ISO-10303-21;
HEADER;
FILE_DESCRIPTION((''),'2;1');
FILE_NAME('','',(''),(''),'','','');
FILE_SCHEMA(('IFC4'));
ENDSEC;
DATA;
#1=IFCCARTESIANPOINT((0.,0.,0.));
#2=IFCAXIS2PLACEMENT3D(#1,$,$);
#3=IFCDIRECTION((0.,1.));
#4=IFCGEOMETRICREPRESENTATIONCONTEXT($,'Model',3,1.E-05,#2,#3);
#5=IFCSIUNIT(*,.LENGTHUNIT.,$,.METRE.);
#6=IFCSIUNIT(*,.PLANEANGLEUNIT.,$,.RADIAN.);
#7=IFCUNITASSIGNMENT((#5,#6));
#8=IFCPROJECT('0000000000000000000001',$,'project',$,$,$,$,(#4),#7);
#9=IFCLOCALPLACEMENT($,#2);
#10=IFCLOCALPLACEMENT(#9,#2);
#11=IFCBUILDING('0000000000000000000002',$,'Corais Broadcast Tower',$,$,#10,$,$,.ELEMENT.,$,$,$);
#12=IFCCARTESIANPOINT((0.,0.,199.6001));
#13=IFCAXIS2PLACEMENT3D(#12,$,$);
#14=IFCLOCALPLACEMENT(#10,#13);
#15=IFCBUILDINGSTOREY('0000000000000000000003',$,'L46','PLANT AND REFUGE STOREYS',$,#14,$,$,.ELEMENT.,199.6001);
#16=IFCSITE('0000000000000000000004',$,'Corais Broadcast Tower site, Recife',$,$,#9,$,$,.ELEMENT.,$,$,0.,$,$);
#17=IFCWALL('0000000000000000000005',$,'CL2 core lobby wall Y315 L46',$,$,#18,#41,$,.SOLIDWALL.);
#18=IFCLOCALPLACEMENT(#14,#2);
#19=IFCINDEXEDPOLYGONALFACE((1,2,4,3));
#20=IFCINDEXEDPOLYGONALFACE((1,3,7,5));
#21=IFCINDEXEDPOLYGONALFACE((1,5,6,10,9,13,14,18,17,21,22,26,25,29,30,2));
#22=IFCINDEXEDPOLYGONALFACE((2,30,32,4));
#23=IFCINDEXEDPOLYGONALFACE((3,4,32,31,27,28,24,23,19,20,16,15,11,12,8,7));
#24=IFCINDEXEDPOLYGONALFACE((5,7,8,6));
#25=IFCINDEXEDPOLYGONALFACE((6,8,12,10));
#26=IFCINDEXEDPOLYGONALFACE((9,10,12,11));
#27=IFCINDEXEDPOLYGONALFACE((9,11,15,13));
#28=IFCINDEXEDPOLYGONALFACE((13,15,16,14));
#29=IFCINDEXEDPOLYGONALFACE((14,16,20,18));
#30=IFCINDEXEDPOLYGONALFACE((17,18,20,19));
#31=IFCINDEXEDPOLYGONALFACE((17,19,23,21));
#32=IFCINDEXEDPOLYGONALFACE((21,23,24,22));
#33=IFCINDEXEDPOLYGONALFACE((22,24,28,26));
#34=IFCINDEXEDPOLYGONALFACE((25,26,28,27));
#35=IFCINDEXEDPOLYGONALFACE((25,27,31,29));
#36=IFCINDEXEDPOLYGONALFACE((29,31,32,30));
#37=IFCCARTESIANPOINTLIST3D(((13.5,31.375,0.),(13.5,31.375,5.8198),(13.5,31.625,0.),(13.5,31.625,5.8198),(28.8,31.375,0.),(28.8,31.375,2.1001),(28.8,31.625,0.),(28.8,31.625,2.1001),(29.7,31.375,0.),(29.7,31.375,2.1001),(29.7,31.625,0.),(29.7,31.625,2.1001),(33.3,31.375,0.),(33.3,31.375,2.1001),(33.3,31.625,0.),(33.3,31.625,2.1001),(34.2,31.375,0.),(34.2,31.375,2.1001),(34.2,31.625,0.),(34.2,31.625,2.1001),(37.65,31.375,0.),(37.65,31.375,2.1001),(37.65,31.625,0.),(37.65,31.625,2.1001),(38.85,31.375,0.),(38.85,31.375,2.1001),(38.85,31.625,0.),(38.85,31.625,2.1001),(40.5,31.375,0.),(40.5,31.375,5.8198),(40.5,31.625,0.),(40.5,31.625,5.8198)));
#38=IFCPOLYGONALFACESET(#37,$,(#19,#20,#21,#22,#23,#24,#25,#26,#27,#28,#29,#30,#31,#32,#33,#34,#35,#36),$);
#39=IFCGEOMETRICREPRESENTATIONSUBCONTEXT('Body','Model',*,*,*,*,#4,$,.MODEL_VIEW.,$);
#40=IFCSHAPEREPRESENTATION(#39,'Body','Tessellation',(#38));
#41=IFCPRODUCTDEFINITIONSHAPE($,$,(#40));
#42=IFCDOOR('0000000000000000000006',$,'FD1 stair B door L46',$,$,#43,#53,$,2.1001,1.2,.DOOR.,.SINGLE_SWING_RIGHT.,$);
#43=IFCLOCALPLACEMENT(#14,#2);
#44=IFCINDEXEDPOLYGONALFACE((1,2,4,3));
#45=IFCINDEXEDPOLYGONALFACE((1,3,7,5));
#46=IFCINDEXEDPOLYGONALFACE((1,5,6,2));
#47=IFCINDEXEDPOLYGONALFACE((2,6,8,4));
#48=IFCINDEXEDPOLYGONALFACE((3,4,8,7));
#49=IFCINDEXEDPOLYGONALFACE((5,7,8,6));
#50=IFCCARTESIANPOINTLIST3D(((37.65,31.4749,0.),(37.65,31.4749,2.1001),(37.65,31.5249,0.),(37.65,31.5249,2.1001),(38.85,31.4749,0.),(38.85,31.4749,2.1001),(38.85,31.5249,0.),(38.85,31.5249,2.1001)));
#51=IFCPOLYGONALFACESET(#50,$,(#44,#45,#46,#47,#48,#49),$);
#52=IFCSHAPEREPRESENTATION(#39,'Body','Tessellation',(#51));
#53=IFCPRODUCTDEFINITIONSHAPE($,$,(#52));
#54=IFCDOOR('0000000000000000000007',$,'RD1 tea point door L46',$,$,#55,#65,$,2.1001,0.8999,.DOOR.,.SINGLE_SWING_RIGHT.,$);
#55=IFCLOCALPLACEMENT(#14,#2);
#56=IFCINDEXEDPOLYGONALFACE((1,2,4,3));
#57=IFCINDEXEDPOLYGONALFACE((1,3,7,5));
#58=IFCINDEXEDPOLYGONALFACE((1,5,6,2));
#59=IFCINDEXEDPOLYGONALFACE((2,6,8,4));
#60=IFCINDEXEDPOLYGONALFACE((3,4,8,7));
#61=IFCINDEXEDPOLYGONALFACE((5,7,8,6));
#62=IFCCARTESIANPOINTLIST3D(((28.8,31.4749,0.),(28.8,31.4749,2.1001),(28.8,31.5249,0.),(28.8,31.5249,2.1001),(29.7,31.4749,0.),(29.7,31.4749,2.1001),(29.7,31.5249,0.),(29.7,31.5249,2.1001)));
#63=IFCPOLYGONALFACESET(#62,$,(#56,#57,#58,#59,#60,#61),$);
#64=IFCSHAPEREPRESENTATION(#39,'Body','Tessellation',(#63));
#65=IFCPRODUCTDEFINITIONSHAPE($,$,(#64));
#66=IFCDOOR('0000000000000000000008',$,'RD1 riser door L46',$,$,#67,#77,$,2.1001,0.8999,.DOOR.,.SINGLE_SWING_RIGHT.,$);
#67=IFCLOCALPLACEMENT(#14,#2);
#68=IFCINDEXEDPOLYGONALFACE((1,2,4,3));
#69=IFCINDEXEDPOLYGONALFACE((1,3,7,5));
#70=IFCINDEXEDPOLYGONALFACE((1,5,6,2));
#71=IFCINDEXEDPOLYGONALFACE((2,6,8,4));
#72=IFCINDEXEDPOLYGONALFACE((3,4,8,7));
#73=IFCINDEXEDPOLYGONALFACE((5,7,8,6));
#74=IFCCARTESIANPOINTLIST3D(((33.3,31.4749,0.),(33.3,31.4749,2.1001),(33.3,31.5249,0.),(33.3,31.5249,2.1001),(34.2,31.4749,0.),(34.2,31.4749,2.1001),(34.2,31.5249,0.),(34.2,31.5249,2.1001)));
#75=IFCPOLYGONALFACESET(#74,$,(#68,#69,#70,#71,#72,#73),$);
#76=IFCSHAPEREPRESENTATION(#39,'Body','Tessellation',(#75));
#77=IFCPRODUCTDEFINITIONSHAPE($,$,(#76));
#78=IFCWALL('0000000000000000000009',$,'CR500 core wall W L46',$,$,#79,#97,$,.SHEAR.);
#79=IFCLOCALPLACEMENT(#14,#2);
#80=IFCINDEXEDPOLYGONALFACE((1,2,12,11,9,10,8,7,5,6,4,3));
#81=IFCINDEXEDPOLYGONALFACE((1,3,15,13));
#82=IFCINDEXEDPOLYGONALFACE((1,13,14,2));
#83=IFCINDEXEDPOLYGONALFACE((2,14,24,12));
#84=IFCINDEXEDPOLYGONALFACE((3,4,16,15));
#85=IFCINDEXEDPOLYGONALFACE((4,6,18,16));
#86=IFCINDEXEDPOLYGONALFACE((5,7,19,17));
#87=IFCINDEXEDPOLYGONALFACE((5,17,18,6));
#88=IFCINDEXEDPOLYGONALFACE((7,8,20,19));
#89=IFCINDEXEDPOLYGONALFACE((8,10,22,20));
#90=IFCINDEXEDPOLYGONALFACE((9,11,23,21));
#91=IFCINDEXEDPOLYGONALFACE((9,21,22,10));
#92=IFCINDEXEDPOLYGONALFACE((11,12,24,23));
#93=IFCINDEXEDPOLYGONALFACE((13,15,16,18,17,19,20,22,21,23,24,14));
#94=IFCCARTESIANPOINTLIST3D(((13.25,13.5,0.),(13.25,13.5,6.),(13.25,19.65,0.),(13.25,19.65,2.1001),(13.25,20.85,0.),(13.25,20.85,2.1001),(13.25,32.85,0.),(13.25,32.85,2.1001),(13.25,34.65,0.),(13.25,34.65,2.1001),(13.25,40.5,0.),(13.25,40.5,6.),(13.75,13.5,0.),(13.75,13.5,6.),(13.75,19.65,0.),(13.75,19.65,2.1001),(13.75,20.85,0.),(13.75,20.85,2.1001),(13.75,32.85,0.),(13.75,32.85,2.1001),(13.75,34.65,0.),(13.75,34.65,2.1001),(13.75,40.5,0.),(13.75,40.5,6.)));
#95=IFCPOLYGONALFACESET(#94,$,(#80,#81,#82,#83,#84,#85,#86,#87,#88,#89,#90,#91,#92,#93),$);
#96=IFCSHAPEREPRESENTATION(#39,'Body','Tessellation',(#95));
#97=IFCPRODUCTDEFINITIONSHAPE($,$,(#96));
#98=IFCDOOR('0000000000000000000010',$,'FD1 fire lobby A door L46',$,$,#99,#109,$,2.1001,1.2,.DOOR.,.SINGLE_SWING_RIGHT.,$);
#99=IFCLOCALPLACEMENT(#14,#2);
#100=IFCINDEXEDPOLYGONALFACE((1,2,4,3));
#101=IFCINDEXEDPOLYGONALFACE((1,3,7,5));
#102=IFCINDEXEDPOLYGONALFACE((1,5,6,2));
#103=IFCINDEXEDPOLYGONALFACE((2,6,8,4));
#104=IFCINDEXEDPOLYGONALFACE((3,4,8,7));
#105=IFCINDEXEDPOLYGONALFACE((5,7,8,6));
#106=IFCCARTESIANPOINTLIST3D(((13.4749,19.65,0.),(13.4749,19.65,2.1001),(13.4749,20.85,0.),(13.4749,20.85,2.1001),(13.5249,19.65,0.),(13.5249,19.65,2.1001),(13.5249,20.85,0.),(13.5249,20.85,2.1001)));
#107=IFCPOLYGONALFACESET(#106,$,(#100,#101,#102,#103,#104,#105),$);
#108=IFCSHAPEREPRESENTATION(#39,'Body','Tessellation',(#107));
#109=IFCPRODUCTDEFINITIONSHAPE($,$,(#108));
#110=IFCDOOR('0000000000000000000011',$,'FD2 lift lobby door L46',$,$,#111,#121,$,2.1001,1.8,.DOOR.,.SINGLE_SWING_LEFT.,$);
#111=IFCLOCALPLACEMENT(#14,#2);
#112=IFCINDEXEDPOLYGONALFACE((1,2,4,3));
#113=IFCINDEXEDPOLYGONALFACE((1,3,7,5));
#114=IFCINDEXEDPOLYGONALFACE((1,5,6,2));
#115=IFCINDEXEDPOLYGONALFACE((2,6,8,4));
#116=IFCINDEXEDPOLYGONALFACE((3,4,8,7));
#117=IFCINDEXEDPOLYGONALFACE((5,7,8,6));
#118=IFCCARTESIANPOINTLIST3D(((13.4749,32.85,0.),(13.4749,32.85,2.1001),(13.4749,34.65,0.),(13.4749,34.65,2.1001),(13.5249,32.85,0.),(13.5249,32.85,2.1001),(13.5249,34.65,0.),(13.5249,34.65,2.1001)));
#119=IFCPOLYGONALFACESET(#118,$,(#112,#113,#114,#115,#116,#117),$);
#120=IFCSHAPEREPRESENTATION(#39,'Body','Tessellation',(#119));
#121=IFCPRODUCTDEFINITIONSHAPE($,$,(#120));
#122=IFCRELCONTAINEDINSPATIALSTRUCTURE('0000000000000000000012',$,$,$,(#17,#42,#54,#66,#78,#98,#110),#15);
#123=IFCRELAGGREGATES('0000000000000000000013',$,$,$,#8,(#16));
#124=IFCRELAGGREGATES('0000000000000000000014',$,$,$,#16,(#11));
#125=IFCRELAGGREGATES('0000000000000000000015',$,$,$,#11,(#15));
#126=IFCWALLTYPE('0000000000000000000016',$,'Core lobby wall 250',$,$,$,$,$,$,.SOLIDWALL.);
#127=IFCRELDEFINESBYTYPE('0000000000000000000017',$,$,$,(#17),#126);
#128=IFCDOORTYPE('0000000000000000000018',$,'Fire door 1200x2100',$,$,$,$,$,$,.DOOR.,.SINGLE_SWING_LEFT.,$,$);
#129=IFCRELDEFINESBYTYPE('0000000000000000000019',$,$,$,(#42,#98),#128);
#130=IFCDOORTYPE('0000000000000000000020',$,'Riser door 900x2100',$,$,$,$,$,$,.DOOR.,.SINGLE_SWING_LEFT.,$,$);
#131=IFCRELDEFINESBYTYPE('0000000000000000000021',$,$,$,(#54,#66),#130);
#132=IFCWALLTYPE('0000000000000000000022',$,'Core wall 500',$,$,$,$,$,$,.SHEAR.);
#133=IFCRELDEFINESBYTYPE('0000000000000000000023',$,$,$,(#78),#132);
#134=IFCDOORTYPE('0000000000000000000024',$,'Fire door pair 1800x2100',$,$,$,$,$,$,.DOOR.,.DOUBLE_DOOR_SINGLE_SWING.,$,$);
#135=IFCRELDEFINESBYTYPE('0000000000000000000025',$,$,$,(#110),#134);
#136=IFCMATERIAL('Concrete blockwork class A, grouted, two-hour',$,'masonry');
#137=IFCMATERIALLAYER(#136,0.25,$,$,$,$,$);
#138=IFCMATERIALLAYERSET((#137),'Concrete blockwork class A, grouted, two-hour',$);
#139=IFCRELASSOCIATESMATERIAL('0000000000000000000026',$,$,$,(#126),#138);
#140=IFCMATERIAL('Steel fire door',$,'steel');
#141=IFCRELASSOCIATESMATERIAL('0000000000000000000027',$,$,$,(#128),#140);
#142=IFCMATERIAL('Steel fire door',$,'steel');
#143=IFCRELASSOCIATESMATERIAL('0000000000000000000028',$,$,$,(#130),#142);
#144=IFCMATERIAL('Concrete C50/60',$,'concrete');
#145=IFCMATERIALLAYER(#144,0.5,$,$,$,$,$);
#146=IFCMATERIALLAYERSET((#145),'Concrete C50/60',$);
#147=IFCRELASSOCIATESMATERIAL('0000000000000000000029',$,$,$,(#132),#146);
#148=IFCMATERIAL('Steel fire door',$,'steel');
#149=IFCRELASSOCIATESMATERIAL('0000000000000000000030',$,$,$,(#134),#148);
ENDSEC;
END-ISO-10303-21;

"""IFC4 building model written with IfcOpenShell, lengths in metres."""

from ifc_helpers import new_model, si_unit, direction, frame, frame_2d, origin, place, context, subcontext, project, spatial, rectangle, extrude, material, layer, layer_set, type_object, element, fill, save


model = new_model("IFC4")

# Units and contexts
model_context = context("Model", 3, precision=1e-05, world=origin(), true_north=direction((0.0, 1.0)))
body_context = subcontext(model_context, "Body", "Model", "MODEL_VIEW")
ifc_project = project(units=[si_unit("LENGTHUNIT", "METRE"), si_unit("PLANEANGLEUNIT", "RADIAN")], contexts=[model_context])

# Site, building, storey
site_placement = place(None, origin())
site = spatial("IfcSite", under=ifc_project, at=site_placement, Name="Corais Broadcast Tower site, Recife", CompositionType="ELEMENT", RefElevation=0.0)
building_placement = place(site_placement, origin())
building = spatial("IfcBuilding", under=site, at=building_placement, Name="Corais Broadcast Tower", CompositionType="ELEMENT")
storey_placement = place(building_placement, frame((0.0, 0.0, 199.6001)))
storey = spatial("IfcBuildingStorey", under=building, at=storey_placement, Name="L46", Description="PLANT AND REFUGE STOREYS", CompositionType="ELEMENT", Elevation=199.6001)

# Shared definitions
ifc_material_1 = material(Name="Concrete blockwork class A, grouted, two-hour", Category="masonry")
ifc_layer_1 = layer(ifc_material_1, 0.25)
ifc_layer_set_1 = layer_set([ifc_layer_1], Name="Concrete blockwork class A, grouted, two-hour")
wall_type_1 = type_object("IfcWallType", Name="Core lobby wall 250", PredefinedType="SOLIDWALL", material=ifc_layer_set_1)

# Walls, openings, doors
wall_1_placement = place(storey_placement, frame((13.5, 31.5, 0.0), z_axis=(0.0, 0.0, 1.0), x_axis=(1.0, 0.0, 0.0)))
wall_1 = element("IfcWall", 1, at=wall_1_placement, inside=storey, type_object=wall_type_1, Name="CL2 core lobby wall Y315 L46", PredefinedType="SOLIDWALL", context=body_context, shape_type="SweptSolid", body=[
    extrude(rectangle(XDim=27.0, YDim=0.25, at=frame_2d((13.5, 0.0))), origin(), (0.0, 0.0, 1.0), 5.8198),
])
opening_1_placement = place(wall_1_placement, frame((24.1499, 0.0, 0.0)))
opening_1 = element("IfcOpeningElement", 2, at=opening_1_placement, cuts=wall_1, PredefinedType="OPENING", context=body_context, shape_type="SweptSolid", body=[
    extrude(rectangle(XDim=1.2, YDim=2.1001, at=frame_2d((0.6001, 1.05))), frame((0.0, 0.135, 0.0), z_axis=(0.0, -1.0, 0.0), x_axis=(1.0, 0.0, 0.0)), (0.0, 0.0, 1.0), 0.27),
])
opening_2_placement = place(wall_1_placement, frame((15.3, 0.0, 0.0)))
opening_2 = element("IfcOpeningElement", 3, at=opening_2_placement, cuts=wall_1, PredefinedType="OPENING", context=body_context, shape_type="SweptSolid", body=[
    extrude(rectangle(XDim=0.8999, YDim=2.1001, at=frame_2d((0.45, 1.05))), frame((0.0, 0.135, 0.0), z_axis=(0.0, -1.0, 0.0), x_axis=(1.0, 0.0, 0.0)), (0.0, 0.0, 1.0), 0.27),
])
opening_3_placement = place(wall_1_placement, frame((19.8, 0.0, 0.0)))
opening_3 = element("IfcOpeningElement", 4, at=opening_3_placement, cuts=wall_1, PredefinedType="OPENING", context=body_context, shape_type="SweptSolid", body=[
    extrude(rectangle(XDim=0.8999, YDim=2.1001, at=frame_2d((0.45, 1.05))), frame((0.0, 0.135, 0.0), z_axis=(0.0, -1.0, 0.0), x_axis=(1.0, 0.0, 0.0)), (0.0, 0.0, 1.0), 0.27),
])
ifc_material_2 = material(Name="Steel fire door", Category="steel")
door_type_1 = type_object("IfcDoorType", Name="Fire door 1200x2100", OperationType="SINGLE_SWING_LEFT", PredefinedType="DOOR", material=ifc_material_2)
door_1_placement = place(opening_1_placement, origin())
door_1 = element("IfcDoor", 5, at=door_1_placement, inside=storey, type_object=door_type_1, Name="FD1 stair B door L46", OperationType="SINGLE_SWING_RIGHT", OverallHeight=2.1001, OverallWidth=1.2, PredefinedType="DOOR", context=body_context, shape_type="SweptSolid", body=[
    extrude(rectangle(XDim=1.2, YDim=2.1001, at=frame_2d((0.6001, 1.05))), frame((0.0, 0.0249, 0.0), z_axis=(0.0, -1.0, 0.0), x_axis=(1.0, 0.0, 0.0)), (0.0, 0.0, 1.0), 0.05),
])
fill(opening_1, door_1)
ifc_material_3 = material(Name="Steel fire door", Category="steel")
door_type_2 = type_object("IfcDoorType", Name="Riser door 900x2100", OperationType="SINGLE_SWING_LEFT", PredefinedType="DOOR", material=ifc_material_3)
door_2_placement = place(opening_2_placement, origin())
door_2 = element("IfcDoor", 6, at=door_2_placement, inside=storey, type_object=door_type_2, Name="RD1 tea point door L46", OperationType="SINGLE_SWING_RIGHT", OverallHeight=2.1001, OverallWidth=0.8999, PredefinedType="DOOR", context=body_context, shape_type="SweptSolid", body=[
    extrude(rectangle(XDim=0.8999, YDim=2.1001, at=frame_2d((0.45, 1.05))), frame((0.0, 0.0249, 0.0), z_axis=(0.0, -1.0, 0.0), x_axis=(1.0, 0.0, 0.0)), (0.0, 0.0, 1.0), 0.05),
])
fill(opening_2, door_2)
door_3_placement = place(opening_3_placement, origin())
door_3 = element("IfcDoor", 7, at=door_3_placement, inside=storey, type_object=door_type_2, Name="RD1 riser door L46", OperationType="SINGLE_SWING_RIGHT", OverallHeight=2.1001, OverallWidth=0.8999, PredefinedType="DOOR", context=body_context, shape_type="SweptSolid", body=[
    extrude(rectangle(XDim=0.8999, YDim=2.1001, at=frame_2d((0.45, 1.05))), frame((0.0, 0.0249, 0.0), z_axis=(0.0, -1.0, 0.0), x_axis=(1.0, 0.0, 0.0)), (0.0, 0.0, 1.0), 0.05),
])
fill(opening_3, door_3)
ifc_material_4 = material(Name="Concrete C50/60", Category="concrete")
ifc_layer_2 = layer(ifc_material_4, 0.5)
ifc_layer_set_2 = layer_set([ifc_layer_2], Name="Concrete C50/60")
wall_type_2 = type_object("IfcWallType", Name="Core wall 500", PredefinedType="SHEAR", material=ifc_layer_set_2)
wall_2_placement = place(storey_placement, frame((13.5, 40.5, 0.0), z_axis=(0.0, 0.0, 1.0), x_axis=(0.0, -1.0, 0.0)))
wall_2 = element("IfcWall", 8, at=wall_2_placement, inside=storey, type_object=wall_type_2, Name="CR500 core wall W L46", PredefinedType="SHEAR", context=body_context, shape_type="SweptSolid", body=[
    extrude(rectangle(XDim=27.0, YDim=0.5, at=frame_2d((13.5, 0.0))), origin(), (0.0, 0.0, 1.0), 6.0),
])
opening_4_placement = place(wall_2_placement, frame((19.6499, 0.0, 0.0)))
opening_4 = element("IfcOpeningElement", 9, at=opening_4_placement, cuts=wall_2, PredefinedType="OPENING", context=body_context, shape_type="SweptSolid", body=[
    extrude(rectangle(XDim=1.2, YDim=2.1001, at=frame_2d((0.6001, 1.05))), frame((0.0, 0.26, 0.0), z_axis=(0.0, -1.0, 0.0), x_axis=(1.0, 0.0, 0.0)), (0.0, 0.0, 1.0), 0.52),
])
opening_5_placement = place(wall_2_placement, frame((5.8501, 0.0, 0.0)))
opening_5 = element("IfcOpeningElement", 10, at=opening_5_placement, cuts=wall_2, PredefinedType="OPENING", context=body_context, shape_type="SweptSolid", body=[
    extrude(rectangle(XDim=1.8, YDim=2.1001, at=frame_2d((0.8999, 1.05))), frame((0.0, 0.26, 0.0), z_axis=(0.0, -1.0, 0.0), x_axis=(1.0, 0.0, 0.0)), (0.0, 0.0, 1.0), 0.52),
])
door_4_placement = place(opening_4_placement, origin())
door_4 = element("IfcDoor", 11, at=door_4_placement, inside=storey, type_object=door_type_1, Name="FD1 fire lobby A door L46", OperationType="SINGLE_SWING_RIGHT", OverallHeight=2.1001, OverallWidth=1.2, PredefinedType="DOOR", context=body_context, shape_type="SweptSolid", body=[
    extrude(rectangle(XDim=1.2, YDim=2.1001, at=frame_2d((0.6001, 1.05))), frame((0.0, 0.0249, 0.0), z_axis=(0.0, -1.0, 0.0), x_axis=(1.0, 0.0, 0.0)), (0.0, 0.0, 1.0), 0.05),
])
fill(opening_4, door_4)
ifc_material_5 = material(Name="Steel fire door", Category="steel")
door_type_3 = type_object("IfcDoorType", Name="Fire door pair 1800x2100", OperationType="DOUBLE_DOOR_SINGLE_SWING", PredefinedType="DOOR", material=ifc_material_5)
door_5_placement = place(opening_5_placement, origin())
door_5 = element("IfcDoor", 12, at=door_5_placement, inside=storey, type_object=door_type_3, Name="FD2 lift lobby door L46", OperationType="SINGLE_SWING_LEFT", OverallHeight=2.1001, OverallWidth=1.8, PredefinedType="DOOR", context=body_context, shape_type="SweptSolid", body=[
    extrude(rectangle(XDim=1.8, YDim=2.1001, at=frame_2d((0.8999, 1.05))), frame((0.0, 0.0249, 0.0), z_axis=(0.0, -1.0, 0.0), x_axis=(1.0, 0.0, 0.0)), (0.0, 0.0, 1.0), 0.05),
])
fill(opening_5, door_5)

save(model, "model.ifc")
